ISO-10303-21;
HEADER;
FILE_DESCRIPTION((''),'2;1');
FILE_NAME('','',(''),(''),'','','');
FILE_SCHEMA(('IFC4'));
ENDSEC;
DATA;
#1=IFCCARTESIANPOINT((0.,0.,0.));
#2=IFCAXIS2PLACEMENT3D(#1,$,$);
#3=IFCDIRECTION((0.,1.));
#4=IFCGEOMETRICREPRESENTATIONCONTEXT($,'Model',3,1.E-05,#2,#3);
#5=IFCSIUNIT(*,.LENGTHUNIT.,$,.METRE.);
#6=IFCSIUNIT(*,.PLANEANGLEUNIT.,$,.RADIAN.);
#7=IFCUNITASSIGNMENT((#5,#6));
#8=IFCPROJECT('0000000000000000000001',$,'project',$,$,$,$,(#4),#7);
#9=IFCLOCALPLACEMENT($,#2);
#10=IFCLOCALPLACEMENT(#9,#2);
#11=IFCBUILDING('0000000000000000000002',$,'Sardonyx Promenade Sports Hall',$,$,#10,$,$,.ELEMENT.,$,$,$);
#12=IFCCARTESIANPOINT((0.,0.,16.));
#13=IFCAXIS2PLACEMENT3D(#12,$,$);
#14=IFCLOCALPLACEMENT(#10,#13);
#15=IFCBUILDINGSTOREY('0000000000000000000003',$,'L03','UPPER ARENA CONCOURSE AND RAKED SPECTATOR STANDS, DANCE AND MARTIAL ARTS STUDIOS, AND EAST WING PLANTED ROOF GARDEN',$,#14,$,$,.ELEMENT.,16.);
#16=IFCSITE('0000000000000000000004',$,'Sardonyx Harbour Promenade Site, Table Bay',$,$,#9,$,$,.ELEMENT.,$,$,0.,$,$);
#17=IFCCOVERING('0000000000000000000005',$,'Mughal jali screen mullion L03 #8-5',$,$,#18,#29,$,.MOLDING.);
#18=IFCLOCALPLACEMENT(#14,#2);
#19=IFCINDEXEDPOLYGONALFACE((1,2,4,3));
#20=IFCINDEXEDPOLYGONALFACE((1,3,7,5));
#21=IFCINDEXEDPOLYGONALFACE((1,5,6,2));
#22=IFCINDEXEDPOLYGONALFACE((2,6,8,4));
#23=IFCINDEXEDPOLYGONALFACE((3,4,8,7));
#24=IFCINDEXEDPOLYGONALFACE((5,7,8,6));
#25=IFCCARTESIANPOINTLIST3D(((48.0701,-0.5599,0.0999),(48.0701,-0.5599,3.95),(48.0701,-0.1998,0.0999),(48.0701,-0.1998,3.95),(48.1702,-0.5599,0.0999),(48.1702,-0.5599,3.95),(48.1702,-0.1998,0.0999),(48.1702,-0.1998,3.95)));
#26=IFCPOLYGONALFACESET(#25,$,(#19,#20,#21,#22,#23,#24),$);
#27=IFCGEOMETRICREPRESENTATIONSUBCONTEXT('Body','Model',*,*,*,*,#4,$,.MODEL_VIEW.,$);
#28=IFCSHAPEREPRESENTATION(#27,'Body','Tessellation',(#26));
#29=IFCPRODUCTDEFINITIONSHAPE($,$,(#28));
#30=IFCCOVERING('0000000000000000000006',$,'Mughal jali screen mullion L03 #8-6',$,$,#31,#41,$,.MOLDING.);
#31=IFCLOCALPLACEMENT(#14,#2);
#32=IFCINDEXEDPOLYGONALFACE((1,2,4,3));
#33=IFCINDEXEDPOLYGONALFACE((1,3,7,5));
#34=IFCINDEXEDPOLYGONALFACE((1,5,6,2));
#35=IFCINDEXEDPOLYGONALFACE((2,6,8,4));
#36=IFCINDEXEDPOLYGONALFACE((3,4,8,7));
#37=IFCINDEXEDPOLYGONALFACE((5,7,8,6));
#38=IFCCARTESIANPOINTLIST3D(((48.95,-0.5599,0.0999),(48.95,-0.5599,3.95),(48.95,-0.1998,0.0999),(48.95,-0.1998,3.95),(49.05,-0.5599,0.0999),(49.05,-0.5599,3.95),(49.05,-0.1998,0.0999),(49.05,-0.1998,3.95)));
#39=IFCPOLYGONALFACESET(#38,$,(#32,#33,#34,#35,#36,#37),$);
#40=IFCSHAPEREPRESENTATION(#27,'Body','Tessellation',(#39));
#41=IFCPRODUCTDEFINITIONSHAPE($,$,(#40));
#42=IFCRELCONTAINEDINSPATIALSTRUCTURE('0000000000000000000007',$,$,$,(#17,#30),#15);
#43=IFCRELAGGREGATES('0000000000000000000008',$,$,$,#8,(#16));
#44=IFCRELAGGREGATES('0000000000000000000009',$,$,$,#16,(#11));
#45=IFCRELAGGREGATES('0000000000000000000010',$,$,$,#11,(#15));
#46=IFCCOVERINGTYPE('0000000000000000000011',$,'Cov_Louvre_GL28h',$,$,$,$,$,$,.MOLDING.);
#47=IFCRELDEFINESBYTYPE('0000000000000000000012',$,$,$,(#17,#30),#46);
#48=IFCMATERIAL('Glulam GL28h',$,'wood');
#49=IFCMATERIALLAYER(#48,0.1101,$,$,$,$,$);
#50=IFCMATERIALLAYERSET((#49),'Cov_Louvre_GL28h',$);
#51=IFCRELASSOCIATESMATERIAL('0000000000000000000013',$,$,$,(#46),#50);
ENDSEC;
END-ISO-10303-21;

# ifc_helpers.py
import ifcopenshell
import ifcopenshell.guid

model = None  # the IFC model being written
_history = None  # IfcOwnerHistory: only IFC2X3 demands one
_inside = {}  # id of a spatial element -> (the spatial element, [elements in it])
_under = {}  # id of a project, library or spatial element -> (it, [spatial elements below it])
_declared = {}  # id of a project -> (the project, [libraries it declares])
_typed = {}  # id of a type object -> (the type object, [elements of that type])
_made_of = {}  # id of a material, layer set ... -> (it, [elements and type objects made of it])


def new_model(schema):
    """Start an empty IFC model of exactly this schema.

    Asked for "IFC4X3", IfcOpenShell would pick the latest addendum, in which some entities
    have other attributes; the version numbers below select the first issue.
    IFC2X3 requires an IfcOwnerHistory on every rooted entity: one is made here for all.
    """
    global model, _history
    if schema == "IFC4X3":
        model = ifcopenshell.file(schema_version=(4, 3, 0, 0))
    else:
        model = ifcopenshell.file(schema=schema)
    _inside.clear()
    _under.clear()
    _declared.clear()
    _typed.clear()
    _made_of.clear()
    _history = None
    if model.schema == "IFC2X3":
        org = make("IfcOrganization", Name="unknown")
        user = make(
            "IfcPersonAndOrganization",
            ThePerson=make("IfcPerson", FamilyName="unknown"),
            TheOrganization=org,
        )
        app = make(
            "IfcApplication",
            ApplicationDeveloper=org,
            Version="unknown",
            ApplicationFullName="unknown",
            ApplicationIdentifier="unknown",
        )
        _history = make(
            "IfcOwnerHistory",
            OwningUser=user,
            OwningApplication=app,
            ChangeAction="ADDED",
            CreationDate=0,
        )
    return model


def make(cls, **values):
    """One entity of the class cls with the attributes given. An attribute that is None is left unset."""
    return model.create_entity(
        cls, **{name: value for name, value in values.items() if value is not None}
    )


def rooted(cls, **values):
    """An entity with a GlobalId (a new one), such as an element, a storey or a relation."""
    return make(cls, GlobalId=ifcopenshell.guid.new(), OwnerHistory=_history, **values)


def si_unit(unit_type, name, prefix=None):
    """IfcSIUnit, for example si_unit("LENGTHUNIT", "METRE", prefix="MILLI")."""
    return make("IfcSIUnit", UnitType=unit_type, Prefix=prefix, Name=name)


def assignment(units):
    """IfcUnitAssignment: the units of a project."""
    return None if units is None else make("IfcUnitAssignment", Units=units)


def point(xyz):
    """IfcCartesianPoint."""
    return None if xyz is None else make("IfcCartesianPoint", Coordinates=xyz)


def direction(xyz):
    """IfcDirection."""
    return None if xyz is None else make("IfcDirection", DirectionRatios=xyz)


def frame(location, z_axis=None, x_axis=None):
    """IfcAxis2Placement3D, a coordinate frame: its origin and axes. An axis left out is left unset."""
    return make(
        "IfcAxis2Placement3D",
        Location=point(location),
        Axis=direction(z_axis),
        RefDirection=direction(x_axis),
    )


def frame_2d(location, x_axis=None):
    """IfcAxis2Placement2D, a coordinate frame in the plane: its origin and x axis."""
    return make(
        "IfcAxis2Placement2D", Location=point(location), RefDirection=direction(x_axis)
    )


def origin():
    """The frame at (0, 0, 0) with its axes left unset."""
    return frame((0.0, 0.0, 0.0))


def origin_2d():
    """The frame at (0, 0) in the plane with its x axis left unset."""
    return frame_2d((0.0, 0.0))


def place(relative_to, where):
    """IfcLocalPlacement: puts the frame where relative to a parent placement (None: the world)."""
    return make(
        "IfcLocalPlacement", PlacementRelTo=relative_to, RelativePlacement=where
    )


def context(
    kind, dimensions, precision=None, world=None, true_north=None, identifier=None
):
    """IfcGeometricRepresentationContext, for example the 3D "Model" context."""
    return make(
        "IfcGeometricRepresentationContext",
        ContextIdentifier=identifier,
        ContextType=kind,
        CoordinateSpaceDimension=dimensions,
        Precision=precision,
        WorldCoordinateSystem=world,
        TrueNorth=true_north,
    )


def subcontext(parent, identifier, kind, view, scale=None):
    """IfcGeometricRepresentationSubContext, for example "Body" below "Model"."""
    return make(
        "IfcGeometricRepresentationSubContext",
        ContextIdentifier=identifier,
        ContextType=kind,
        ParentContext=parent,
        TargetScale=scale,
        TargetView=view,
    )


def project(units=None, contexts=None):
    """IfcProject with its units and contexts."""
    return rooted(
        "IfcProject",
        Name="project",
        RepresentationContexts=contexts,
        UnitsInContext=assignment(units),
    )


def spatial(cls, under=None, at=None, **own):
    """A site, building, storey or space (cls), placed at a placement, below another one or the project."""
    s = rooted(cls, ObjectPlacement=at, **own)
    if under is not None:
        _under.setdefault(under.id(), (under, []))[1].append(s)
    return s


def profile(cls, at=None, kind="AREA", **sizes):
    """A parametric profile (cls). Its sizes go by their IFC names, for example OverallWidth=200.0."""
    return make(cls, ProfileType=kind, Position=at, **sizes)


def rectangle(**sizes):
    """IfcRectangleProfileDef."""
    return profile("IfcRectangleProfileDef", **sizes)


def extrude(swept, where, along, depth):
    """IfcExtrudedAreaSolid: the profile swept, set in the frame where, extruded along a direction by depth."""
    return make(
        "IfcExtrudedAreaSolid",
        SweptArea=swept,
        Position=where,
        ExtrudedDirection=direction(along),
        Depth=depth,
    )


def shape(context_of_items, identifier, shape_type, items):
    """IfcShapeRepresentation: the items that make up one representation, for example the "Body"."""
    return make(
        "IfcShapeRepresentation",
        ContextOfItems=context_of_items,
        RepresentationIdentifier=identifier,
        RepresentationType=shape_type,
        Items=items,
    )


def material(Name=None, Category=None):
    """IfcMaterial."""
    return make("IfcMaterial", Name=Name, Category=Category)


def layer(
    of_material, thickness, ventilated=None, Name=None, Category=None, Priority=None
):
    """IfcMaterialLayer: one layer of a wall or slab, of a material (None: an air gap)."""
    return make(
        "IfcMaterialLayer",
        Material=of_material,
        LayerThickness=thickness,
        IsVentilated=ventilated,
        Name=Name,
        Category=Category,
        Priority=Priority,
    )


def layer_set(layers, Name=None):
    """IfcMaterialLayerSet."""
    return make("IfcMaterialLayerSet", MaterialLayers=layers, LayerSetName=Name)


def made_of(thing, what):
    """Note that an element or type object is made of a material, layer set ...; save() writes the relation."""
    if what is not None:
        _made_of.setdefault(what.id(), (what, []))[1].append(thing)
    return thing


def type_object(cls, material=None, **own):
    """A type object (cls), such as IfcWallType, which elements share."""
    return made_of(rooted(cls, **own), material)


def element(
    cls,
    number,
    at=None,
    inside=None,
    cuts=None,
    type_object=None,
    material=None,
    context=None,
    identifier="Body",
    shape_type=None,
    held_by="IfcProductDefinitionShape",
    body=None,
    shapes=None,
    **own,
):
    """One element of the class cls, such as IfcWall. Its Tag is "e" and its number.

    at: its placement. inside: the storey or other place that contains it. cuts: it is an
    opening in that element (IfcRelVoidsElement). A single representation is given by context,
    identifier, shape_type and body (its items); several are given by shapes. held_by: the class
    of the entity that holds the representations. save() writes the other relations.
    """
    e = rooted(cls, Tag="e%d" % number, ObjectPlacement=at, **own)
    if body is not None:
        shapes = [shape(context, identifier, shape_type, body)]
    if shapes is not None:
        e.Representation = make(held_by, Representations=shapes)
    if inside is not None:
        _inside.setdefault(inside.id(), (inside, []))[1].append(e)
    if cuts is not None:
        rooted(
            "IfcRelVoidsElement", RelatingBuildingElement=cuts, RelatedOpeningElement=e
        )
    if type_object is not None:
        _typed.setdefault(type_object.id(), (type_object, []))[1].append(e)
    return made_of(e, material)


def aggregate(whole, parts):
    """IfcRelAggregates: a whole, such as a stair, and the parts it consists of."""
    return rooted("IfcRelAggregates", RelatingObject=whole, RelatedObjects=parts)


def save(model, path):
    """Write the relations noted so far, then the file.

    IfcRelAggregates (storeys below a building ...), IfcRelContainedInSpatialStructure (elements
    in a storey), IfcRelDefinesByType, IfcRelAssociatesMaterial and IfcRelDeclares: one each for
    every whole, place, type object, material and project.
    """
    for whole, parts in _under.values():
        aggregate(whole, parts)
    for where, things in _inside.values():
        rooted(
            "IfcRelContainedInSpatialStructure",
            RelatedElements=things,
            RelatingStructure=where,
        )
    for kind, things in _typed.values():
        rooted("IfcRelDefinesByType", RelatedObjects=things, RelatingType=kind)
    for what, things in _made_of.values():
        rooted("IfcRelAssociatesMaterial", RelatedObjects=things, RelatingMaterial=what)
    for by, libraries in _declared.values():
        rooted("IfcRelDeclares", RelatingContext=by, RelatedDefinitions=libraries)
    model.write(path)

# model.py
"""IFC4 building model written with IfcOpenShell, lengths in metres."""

from ifc_helpers import new_model, si_unit, direction, frame, origin, origin_2d, place, context, subcontext, project, spatial, rectangle, extrude, material, layer, layer_set, type_object, element, save


model = new_model("IFC4")

# Units and contexts
model_context = context("Model", 3, precision=1e-05, world=origin(), true_north=direction((0.0, 1.0)))
body_context = subcontext(model_context, "Body", "Model", "MODEL_VIEW")
ifc_project = project(units=[si_unit("LENGTHUNIT", "METRE"), si_unit("PLANEANGLEUNIT", "RADIAN")], contexts=[model_context])

# Site, building, storey
site_placement = place(None, origin())
site = spatial("IfcSite", under=ifc_project, at=site_placement, Name="Sardonyx Harbour Promenade Site, Table Bay", CompositionType="ELEMENT", RefElevation=0.0)
building_placement = place(site_placement, origin())
building = spatial("IfcBuilding", under=site, at=building_placement, Name="Sardonyx Promenade Sports Hall", CompositionType="ELEMENT")
storey_placement = place(building_placement, frame((0.0, 0.0, 16.0)))
storey = spatial("IfcBuildingStorey", under=building, at=storey_placement, Name="L03", Description="UPPER ARENA CONCOURSE AND RAKED SPECTATOR STANDS, DANCE AND MARTIAL ARTS STUDIOS, AND EAST WING PLANTED ROOF GARDEN", CompositionType="ELEMENT", Elevation=16.0)

# Coverings
ifc_material_1 = material(Name="Glulam GL28h", Category="wood")
ifc_layer_1 = layer(ifc_material_1, 0.1101)
ifc_layer_set_1 = layer_set([ifc_layer_1], Name="Cov_Louvre_GL28h")
covering_type = type_object("IfcCoveringType", Name="Cov_Louvre_GL28h", PredefinedType="MOLDING", material=ifc_layer_set_1)
for number, where, z_axis, x_axis, name in (
    (1, (48.1201, -0.3799, 0.0999), (0.0, 0.0, 1.0), (1.0, 0.0, 0.0), "Mughal jali screen mullion L03 #8-5"),
    (2, (49.0, -0.3799, 0.0999), (0.0, 0.0, 1.0), (1.0, 0.0, 0.0), "Mughal jali screen mullion L03 #8-6"),
):
    element("IfcCovering", number, at=place(storey_placement, frame(where, z_axis=z_axis, x_axis=x_axis)), inside=storey, type_object=covering_type, Name=name, PredefinedType="MOLDING", context=body_context, shape_type="SweptSolid", body=[
        extrude(rectangle(XDim=0.1001, YDim=0.3601, at=origin_2d()), origin(), (0.0, 0.0, 1.0), 3.8501),
    ])

save(model, "model.ifc")
